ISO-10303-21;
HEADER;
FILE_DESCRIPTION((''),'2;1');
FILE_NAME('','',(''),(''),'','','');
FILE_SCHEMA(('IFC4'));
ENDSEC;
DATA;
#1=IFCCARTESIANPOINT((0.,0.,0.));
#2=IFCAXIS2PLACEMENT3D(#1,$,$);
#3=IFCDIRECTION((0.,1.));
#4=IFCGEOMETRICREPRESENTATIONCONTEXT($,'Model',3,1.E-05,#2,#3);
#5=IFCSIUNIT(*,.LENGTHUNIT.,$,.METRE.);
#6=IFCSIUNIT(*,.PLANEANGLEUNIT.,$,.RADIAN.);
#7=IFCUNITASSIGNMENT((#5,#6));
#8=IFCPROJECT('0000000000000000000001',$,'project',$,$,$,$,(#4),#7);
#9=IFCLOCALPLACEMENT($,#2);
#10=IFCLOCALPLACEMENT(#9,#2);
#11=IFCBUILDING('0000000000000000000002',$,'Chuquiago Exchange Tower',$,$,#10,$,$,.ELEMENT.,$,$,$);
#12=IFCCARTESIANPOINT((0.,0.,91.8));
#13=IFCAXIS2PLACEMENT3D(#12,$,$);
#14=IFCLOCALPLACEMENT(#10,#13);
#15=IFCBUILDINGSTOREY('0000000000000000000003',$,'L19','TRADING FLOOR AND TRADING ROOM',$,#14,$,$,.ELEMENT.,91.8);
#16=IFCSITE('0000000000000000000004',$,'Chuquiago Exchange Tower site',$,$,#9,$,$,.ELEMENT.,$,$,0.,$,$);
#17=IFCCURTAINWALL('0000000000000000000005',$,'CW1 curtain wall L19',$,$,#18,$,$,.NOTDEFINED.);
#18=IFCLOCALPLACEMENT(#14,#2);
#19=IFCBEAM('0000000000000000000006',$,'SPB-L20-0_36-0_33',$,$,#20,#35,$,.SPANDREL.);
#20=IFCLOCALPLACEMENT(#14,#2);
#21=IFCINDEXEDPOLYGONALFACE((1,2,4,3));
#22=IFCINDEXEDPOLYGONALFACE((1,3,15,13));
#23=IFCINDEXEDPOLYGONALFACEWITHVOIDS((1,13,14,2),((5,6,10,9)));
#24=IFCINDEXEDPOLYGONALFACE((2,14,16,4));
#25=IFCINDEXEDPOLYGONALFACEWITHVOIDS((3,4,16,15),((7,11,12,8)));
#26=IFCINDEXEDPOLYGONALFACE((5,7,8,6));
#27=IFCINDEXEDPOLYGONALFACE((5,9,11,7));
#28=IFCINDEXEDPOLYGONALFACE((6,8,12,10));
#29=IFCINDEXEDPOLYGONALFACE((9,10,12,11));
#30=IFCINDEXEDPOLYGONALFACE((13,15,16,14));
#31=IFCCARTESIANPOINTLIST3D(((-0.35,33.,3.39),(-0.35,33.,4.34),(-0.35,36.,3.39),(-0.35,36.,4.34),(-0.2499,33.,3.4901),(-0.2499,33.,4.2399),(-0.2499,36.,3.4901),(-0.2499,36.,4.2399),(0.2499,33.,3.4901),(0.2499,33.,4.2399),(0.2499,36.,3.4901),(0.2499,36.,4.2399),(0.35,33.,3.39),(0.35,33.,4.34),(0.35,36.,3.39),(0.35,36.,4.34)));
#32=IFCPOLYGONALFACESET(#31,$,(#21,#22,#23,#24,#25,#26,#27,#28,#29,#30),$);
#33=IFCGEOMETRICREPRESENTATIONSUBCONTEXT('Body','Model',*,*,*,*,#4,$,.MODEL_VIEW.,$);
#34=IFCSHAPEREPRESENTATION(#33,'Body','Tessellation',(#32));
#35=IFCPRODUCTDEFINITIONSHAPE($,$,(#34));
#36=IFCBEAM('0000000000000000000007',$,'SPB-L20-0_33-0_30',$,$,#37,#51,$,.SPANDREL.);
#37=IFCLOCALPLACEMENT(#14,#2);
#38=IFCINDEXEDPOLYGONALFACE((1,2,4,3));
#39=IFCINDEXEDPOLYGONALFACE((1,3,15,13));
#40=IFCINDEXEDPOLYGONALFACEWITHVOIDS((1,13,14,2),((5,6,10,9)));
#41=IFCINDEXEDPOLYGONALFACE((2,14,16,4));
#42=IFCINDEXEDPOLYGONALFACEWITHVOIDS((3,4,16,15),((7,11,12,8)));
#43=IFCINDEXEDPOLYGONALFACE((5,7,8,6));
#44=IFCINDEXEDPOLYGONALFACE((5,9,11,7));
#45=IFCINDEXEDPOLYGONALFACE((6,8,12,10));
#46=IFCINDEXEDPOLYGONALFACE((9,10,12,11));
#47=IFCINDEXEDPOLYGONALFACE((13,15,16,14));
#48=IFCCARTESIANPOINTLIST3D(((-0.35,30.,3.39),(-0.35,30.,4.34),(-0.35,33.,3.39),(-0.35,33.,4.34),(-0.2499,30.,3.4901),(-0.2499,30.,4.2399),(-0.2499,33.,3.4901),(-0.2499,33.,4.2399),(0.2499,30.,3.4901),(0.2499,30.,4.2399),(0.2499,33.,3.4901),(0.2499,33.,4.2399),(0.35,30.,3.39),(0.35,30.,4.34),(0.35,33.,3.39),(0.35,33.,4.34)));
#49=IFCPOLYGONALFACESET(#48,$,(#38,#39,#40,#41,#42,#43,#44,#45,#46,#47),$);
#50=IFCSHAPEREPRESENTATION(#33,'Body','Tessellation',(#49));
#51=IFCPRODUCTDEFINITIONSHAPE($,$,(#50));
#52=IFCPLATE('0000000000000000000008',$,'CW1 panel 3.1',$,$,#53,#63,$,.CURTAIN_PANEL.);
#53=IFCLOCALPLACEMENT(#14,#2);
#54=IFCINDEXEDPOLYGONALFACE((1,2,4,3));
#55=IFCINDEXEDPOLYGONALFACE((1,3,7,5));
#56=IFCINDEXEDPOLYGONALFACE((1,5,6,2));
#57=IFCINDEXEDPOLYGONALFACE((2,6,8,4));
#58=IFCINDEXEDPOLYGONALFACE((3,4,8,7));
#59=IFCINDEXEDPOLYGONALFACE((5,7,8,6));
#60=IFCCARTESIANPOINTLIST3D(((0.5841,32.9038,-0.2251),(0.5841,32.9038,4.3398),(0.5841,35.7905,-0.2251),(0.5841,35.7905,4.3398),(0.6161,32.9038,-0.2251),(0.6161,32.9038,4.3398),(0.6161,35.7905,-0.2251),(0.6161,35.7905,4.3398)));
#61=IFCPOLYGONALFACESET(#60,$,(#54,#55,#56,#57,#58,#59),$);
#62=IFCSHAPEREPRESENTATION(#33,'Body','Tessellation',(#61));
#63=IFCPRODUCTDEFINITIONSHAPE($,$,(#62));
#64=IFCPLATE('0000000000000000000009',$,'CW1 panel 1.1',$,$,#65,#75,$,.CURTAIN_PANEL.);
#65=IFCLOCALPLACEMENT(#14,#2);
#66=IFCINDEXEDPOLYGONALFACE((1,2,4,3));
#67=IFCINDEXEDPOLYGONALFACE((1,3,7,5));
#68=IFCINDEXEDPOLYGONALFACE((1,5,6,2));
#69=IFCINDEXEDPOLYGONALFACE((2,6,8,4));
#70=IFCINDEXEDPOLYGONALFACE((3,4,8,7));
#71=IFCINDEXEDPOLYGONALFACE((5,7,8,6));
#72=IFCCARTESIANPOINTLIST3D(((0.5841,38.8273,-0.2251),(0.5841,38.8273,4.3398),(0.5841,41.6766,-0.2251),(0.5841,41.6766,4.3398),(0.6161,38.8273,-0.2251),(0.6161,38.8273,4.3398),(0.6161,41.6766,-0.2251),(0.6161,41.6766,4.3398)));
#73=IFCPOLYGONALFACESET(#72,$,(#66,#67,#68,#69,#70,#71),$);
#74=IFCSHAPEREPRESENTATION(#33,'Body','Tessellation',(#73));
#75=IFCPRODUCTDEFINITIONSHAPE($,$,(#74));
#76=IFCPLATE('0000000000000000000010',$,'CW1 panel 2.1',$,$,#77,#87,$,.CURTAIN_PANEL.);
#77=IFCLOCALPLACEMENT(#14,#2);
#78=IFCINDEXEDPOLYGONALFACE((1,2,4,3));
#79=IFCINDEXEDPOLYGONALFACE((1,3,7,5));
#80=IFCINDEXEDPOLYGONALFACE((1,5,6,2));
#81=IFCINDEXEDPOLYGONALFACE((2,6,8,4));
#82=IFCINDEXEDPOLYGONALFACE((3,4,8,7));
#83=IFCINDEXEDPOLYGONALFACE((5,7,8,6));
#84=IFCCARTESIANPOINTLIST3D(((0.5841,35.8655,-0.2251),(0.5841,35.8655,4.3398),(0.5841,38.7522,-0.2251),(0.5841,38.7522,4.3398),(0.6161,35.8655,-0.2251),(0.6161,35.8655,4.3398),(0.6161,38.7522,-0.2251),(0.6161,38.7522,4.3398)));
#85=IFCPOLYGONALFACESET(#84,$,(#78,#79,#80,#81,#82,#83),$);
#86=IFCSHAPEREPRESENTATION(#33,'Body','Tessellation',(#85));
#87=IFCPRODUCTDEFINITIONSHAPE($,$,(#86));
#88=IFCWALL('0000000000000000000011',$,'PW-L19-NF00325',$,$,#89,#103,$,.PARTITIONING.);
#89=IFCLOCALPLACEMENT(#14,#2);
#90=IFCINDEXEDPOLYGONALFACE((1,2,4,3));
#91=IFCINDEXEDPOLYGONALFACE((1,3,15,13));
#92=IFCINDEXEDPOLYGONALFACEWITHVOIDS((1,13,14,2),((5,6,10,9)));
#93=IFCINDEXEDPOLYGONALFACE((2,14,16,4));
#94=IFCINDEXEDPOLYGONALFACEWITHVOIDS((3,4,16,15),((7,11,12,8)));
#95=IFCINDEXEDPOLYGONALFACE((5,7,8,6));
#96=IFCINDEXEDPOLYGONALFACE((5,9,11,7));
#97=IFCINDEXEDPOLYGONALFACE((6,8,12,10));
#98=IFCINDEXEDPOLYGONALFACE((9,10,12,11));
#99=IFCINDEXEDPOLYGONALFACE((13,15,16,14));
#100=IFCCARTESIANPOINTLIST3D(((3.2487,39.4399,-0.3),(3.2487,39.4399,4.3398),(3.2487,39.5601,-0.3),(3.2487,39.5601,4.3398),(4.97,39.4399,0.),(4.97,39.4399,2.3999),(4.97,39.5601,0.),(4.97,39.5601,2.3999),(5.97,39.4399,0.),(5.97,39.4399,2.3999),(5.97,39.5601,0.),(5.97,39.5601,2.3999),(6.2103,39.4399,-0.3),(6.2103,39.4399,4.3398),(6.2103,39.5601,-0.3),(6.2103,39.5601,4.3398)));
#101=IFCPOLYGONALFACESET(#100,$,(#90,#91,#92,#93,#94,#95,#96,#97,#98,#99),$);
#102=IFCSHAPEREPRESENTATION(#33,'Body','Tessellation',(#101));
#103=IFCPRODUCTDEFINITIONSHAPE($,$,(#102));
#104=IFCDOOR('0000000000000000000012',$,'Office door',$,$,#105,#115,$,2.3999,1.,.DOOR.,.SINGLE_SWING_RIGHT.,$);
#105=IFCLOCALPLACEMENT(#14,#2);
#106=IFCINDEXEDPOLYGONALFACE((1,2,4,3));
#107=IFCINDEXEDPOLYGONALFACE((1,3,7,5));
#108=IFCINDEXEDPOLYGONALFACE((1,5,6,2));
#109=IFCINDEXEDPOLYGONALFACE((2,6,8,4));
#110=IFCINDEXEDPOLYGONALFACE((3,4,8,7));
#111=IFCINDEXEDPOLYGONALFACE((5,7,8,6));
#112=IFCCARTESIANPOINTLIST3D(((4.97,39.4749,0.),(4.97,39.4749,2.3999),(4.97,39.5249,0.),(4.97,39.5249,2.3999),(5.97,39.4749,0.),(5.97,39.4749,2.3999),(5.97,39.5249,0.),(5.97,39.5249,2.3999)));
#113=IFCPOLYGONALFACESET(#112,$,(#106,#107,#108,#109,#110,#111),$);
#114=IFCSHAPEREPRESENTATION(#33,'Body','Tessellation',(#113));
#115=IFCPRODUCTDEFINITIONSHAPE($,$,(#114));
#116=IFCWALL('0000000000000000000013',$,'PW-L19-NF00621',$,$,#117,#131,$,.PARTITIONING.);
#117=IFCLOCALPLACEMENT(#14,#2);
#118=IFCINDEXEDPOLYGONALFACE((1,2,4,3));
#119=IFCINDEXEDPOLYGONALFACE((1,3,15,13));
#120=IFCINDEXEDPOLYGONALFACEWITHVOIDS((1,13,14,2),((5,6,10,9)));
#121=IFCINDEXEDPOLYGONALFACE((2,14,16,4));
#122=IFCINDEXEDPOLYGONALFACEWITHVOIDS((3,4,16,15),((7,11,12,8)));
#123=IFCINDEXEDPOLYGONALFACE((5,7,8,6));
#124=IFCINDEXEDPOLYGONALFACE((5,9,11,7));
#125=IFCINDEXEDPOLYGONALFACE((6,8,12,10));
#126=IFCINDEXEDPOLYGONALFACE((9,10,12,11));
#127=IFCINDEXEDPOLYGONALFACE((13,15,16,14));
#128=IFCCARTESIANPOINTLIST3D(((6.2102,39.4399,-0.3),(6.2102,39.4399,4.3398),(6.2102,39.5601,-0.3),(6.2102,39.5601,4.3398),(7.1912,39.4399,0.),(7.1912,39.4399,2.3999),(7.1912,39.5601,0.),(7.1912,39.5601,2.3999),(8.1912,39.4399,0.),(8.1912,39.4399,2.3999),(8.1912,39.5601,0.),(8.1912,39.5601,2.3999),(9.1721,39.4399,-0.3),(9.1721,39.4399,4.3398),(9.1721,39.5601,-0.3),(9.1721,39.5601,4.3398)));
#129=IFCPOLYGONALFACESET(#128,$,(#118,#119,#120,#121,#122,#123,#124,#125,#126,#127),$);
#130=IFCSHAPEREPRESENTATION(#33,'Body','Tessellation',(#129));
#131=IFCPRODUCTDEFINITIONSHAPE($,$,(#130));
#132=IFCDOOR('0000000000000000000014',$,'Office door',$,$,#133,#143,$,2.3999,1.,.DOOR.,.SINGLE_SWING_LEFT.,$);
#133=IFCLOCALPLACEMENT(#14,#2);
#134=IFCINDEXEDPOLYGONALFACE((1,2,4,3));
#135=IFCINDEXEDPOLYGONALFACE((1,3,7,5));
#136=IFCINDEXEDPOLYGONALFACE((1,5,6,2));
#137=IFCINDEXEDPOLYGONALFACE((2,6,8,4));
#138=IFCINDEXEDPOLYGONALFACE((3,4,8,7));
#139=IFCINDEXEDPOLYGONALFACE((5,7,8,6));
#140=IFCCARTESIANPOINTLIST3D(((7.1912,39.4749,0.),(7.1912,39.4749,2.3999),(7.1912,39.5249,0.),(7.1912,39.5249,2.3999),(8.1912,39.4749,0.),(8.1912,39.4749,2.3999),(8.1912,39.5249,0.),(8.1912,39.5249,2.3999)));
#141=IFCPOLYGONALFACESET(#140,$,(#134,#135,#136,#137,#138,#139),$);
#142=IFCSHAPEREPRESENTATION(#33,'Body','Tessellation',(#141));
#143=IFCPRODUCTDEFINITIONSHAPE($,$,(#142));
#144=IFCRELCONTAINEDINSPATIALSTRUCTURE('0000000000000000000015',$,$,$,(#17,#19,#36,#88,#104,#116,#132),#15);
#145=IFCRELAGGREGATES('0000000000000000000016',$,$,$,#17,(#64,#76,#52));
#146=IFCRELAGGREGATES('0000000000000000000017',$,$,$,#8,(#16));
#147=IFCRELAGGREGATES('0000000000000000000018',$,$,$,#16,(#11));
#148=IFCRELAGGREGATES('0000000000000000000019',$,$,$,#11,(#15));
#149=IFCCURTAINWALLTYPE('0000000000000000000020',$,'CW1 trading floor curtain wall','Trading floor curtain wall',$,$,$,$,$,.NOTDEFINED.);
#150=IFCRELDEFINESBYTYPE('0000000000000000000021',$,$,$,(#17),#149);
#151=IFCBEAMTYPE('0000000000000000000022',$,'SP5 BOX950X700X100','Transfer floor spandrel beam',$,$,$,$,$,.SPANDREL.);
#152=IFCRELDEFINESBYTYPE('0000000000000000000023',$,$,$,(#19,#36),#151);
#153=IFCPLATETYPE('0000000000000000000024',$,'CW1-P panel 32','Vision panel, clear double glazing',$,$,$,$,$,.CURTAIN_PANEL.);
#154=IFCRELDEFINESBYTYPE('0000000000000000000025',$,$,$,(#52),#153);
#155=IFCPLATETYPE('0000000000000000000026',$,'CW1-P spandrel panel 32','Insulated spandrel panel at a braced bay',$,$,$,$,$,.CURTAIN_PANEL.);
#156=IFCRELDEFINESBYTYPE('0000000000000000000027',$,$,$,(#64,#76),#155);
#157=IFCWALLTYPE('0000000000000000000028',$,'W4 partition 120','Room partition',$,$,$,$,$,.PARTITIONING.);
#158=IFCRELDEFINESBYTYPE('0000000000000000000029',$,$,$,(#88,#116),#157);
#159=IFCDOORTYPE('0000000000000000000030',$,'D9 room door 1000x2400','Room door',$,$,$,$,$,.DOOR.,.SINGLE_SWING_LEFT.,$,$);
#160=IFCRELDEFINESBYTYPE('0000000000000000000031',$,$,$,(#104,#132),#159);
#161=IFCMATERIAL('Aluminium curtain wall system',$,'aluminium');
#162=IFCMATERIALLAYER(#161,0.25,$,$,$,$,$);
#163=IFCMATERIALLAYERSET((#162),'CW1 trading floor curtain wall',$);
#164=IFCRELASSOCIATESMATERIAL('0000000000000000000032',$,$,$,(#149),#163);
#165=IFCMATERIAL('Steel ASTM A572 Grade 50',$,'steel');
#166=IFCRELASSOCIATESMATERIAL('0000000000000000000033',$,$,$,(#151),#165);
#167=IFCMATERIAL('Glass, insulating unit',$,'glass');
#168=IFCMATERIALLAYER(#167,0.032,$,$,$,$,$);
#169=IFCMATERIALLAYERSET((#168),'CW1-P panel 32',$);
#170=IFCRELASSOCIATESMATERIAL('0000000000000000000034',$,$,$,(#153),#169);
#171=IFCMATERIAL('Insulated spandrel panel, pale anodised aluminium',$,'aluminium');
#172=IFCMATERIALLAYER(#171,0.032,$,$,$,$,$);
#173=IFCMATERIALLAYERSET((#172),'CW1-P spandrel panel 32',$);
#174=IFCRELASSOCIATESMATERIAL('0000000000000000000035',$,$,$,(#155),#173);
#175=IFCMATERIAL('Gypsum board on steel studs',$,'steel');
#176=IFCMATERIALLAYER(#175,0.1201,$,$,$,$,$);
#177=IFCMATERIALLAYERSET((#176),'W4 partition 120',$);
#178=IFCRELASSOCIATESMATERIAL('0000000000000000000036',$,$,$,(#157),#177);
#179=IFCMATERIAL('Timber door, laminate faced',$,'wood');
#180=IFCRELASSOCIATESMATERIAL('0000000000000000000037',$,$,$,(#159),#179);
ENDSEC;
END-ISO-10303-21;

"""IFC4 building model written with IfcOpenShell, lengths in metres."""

from ifc_helpers import new_model, si_unit, direction, frame, frame_2d, origin, origin_2d, place, context, subcontext, project, spatial, rectangle, hollow_rectangle, extrude, material, layer, layer_set, material_profile, profile_set, type_object, element, fill, aggregate, save


model = new_model("IFC4")

# Units and contexts
model_context = context("Model", 3, precision=1e-05, world=origin(), true_north=direction((0.0, 1.0)))
body_context = subcontext(model_context, "Body", "Model", "MODEL_VIEW")
ifc_project = project(units=[si_unit("LENGTHUNIT", "METRE"), si_unit("PLANEANGLEUNIT", "RADIAN")], contexts=[model_context])

# Site, building, storey
site_placement = place(None, origin())
site = spatial("IfcSite", under=ifc_project, at=site_placement, Name="Chuquiago Exchange Tower site", CompositionType="ELEMENT", RefElevation=0.0)
building_placement = place(site_placement, origin())
building = spatial("IfcBuilding", under=site, at=building_placement, Name="Chuquiago Exchange Tower", CompositionType="ELEMENT")
storey_placement = place(building_placement, frame((0.0, 0.0, 91.8)))
storey = spatial("IfcBuildingStorey", under=building, at=storey_placement, Name="L19", Description="TRADING FLOOR AND TRADING ROOM", CompositionType="ELEMENT", Elevation=91.8)

# Curtain wall
ifc_material_1 = material(Name="Aluminium curtain wall system", Category="aluminium")
ifc_layer_1 = layer(ifc_material_1, 0.25)
ifc_layer_set_1 = layer_set([ifc_layer_1], Name="CW1 trading floor curtain wall")
curtain_wall_type_1 = type_object("IfcCurtainWallType", Name="CW1 trading floor curtain wall", Description="Trading floor curtain wall", PredefinedType="NOTDEFINED", material=ifc_layer_set_1)
curtain_wall_1_placement = place(storey_placement, origin())
curtain_wall_1 = element("IfcCurtainWall", 1, at=curtain_wall_1_placement, inside=storey, type_object=curtain_wall_type_1, Name="CW1 curtain wall L19", PredefinedType="NOTDEFINED")

# Beams
ifc_material_2 = material(Name="Steel ASTM A572 Grade 50", Category="steel")
ifc_material_profile_1 = material_profile(ifc_material_2, hollow_rectangle(XDim=0.7, YDim=0.95, WallThickness=0.1001, at=origin_2d()), Name="BOX950X700X100")
ifc_profile_set_1 = profile_set([ifc_material_profile_1], Name="Steel ASTM A572 Grade 50")
beam_type = type_object("IfcBeamType", Name="SP5 BOX950X700X100", Description="Transfer floor spandrel beam", PredefinedType="SPANDREL", material=ifc_profile_set_1)
for number, where, z_axis, x_axis, name in (
    (2, (0.0, 36.0, 3.865), (0.0, -1.0, 0.0), (1.0, 0.0, 0.0), "SPB-L20-0_36-0_33"),
    (3, (0.0, 33.0, 3.865), (0.0, -1.0, 0.0), (1.0, 0.0, 0.0), "SPB-L20-0_33-0_30"),
):
    element("IfcBeam", number, at=place(storey_placement, frame(where, z_axis=z_axis, x_axis=x_axis)), inside=storey, type_object=beam_type, Name=name, PredefinedType="SPANDREL", context=body_context, shape_type="SweptSolid", body=[
        extrude(hollow_rectangle(XDim=0.7, YDim=0.95, WallThickness=0.1001, at=origin_2d()), origin(), (0.0, 0.0, 1.0), 3.0),
    ])

# Plates
ifc_material_3 = material(Name="Glass, insulating unit", Category="glass")
ifc_layer_2 = layer(ifc_material_3, 0.032)
ifc_layer_set_2 = layer_set([ifc_layer_2], Name="CW1-P panel 32")
plate_type_1 = type_object("IfcPlateType", Name="CW1-P panel 32", Description="Vision panel, clear double glazing", PredefinedType="CURTAIN_PANEL", material=ifc_layer_set_2)
plate_1_placement = place(storey_placement, frame((0.6001, 34.3472, -0.2251), z_axis=(0.0, 0.0, 1.0), x_axis=(0.0, -1.0, 0.0)))
plate_1 = element("IfcPlate", 4, at=plate_1_placement, type_object=plate_type_1, Name="CW1 panel 3.1", PredefinedType="CURTAIN_PANEL", context=body_context, shape_type="SweptSolid", body=[
    extrude(rectangle(XDim=2.8867, YDim=0.032, at=origin_2d()), origin(), (0.0, 0.0, 1.0), 4.5649),
])
ifc_material_4 = material(Name="Insulated spandrel panel, pale anodised aluminium", Category="aluminium")
ifc_layer_3 = layer(ifc_material_4, 0.032)
ifc_layer_set_3 = layer_set([ifc_layer_3], Name="CW1-P spandrel panel 32")
plate_type_2 = type_object("IfcPlateType", Name="CW1-P spandrel panel 32", Description="Insulated spandrel panel at a braced bay", PredefinedType="CURTAIN_PANEL", material=ifc_layer_set_3)
plate_2_placement = place(storey_placement, frame((0.6001, 40.252, -0.2251), z_axis=(0.0, 0.0, 1.0), x_axis=(0.0, -1.0, 0.0)))
plate_2 = element("IfcPlate", 5, at=plate_2_placement, type_object=plate_type_2, Name="CW1 panel 1.1", PredefinedType="CURTAIN_PANEL", context=body_context, shape_type="SweptSolid", body=[
    extrude(rectangle(XDim=2.8494, YDim=0.032, at=origin_2d()), origin(), (0.0, 0.0, 1.0), 4.5649),
])
plate_3_placement = place(storey_placement, frame((0.6001, 37.3088, -0.2251), z_axis=(0.0, 0.0, 1.0), x_axis=(0.0, -1.0, 0.0)))
plate_3 = element("IfcPlate", 6, at=plate_3_placement, type_object=plate_type_2, Name="CW1 panel 2.1", PredefinedType="CURTAIN_PANEL", context=body_context, shape_type="SweptSolid", body=[
    extrude(rectangle(XDim=2.8867, YDim=0.032, at=origin_2d()), origin(), (0.0, 0.0, 1.0), 4.5649),
])
aggregate(curtain_wall_1, [plate_2, plate_3, plate_1])

# Walls, openings, doors
ifc_material_5 = material(Name="Gypsum board on steel studs", Category="steel")
ifc_layer_4 = layer(ifc_material_5, 0.1201)
ifc_layer_set_4 = layer_set([ifc_layer_4], Name="W4 partition 120")
wall_type = type_object("IfcWallType", Name="W4 partition 120", Description="Room partition", PredefinedType="PARTITIONING", material=ifc_layer_set_4)
wall_1_placement = place(storey_placement, frame((3.2485, 39.5, -0.3), z_axis=(0.0, 0.0, 1.0), x_axis=(1.0, 0.0, 0.0)))
wall_1 = element("IfcWall", 7, at=wall_1_placement, inside=storey, type_object=wall_type, Name="PW-L19-NF00325", PredefinedType="PARTITIONING", context=body_context, shape_type="SweptSolid", body=[
    extrude(rectangle(XDim=2.9617, YDim=0.1201, at=frame_2d((1.481, 0.0))), origin(), (0.0, 0.0, 1.0), 4.6399),
])
opening_1_placement = place(wall_1_placement, frame((1.7214, 0.0, 0.3)))
opening_1 = element("IfcOpeningElement", 8, at=opening_1_placement, cuts=wall_1, PredefinedType="OPENING", context=body_context, shape_type="SweptSolid", body=[
    extrude(rectangle(XDim=1.0, YDim=2.3999, at=frame_2d((0.5, 1.2))), frame((0.0, 0.0701, 0.0), z_axis=(0.0, -1.0, 0.0), x_axis=(1.0, 0.0, 0.0)), (0.0, 0.0, 1.0), 0.1401),
])
ifc_material_6 = material(Name="Timber door, laminate faced", Category="wood")
door_type = type_object("IfcDoorType", Name="D9 room door 1000x2400", Description="Room door", OperationType="SINGLE_SWING_LEFT", PredefinedType="DOOR", material=ifc_material_6)
door_1_placement = place(opening_1_placement, origin())
door_1 = element("IfcDoor", 9, at=door_1_placement, inside=storey, type_object=door_type, Name="Office door", OperationType="SINGLE_SWING_RIGHT", OverallHeight=2.3999, OverallWidth=1.0, PredefinedType="DOOR", context=body_context, shape_type="SweptSolid", body=[
    extrude(rectangle(XDim=1.0, YDim=2.3999, at=frame_2d((0.5, 1.2))), frame((0.0, 0.0249, 0.0), z_axis=(0.0, -1.0, 0.0), x_axis=(1.0, 0.0, 0.0)), (0.0, 0.0, 1.0), 0.05),
])
fill(opening_1, door_1)
wall_2_placement = place(storey_placement, frame((6.2102, 39.5, -0.3), z_axis=(0.0, 0.0, 1.0), x_axis=(1.0, 0.0, 0.0)))
wall_2 = element("IfcWall", 10, at=wall_2_placement, inside=storey, type_object=wall_type, Name="PW-L19-NF00621", PredefinedType="PARTITIONING", context=body_context, shape_type="SweptSolid", body=[
    extrude(rectangle(XDim=2.9619, YDim=0.1201, at=frame_2d((1.481, 0.0))), origin(), (0.0, 0.0, 1.0), 4.6399),
])
opening_2_placement = place(wall_2_placement, frame((0.981, 0.0, 0.3)))
opening_2 = element("IfcOpeningElement", 11, at=opening_2_placement, cuts=wall_2, PredefinedType="OPENING", context=body_context, shape_type="SweptSolid", body=[
    extrude(rectangle(XDim=1.0, YDim=2.3999, at=frame_2d((0.5, 1.2))), frame((0.0, 0.0701, 0.0), z_axis=(0.0, -1.0, 0.0), x_axis=(1.0, 0.0, 0.0)), (0.0, 0.0, 1.0), 0.1401),
])
door_2_placement = place(opening_2_placement, origin())
door_2 = element("IfcDoor", 12, at=door_2_placement, inside=storey, type_object=door_type, Name="Office door", OperationType="SINGLE_SWING_LEFT", OverallHeight=2.3999, OverallWidth=1.0, PredefinedType="DOOR", context=body_context, shape_type="SweptSolid", body=[
    extrude(rectangle(XDim=1.0, YDim=2.3999, at=frame_2d((0.5, 1.2))), frame((0.0, 0.0249, 0.0), z_axis=(0.0, -1.0, 0.0), x_axis=(1.0, 0.0, 0.0)), (0.0, 0.0, 1.0), 0.05),
])
fill(opening_2, door_2)

save(model, "model.ifc")
